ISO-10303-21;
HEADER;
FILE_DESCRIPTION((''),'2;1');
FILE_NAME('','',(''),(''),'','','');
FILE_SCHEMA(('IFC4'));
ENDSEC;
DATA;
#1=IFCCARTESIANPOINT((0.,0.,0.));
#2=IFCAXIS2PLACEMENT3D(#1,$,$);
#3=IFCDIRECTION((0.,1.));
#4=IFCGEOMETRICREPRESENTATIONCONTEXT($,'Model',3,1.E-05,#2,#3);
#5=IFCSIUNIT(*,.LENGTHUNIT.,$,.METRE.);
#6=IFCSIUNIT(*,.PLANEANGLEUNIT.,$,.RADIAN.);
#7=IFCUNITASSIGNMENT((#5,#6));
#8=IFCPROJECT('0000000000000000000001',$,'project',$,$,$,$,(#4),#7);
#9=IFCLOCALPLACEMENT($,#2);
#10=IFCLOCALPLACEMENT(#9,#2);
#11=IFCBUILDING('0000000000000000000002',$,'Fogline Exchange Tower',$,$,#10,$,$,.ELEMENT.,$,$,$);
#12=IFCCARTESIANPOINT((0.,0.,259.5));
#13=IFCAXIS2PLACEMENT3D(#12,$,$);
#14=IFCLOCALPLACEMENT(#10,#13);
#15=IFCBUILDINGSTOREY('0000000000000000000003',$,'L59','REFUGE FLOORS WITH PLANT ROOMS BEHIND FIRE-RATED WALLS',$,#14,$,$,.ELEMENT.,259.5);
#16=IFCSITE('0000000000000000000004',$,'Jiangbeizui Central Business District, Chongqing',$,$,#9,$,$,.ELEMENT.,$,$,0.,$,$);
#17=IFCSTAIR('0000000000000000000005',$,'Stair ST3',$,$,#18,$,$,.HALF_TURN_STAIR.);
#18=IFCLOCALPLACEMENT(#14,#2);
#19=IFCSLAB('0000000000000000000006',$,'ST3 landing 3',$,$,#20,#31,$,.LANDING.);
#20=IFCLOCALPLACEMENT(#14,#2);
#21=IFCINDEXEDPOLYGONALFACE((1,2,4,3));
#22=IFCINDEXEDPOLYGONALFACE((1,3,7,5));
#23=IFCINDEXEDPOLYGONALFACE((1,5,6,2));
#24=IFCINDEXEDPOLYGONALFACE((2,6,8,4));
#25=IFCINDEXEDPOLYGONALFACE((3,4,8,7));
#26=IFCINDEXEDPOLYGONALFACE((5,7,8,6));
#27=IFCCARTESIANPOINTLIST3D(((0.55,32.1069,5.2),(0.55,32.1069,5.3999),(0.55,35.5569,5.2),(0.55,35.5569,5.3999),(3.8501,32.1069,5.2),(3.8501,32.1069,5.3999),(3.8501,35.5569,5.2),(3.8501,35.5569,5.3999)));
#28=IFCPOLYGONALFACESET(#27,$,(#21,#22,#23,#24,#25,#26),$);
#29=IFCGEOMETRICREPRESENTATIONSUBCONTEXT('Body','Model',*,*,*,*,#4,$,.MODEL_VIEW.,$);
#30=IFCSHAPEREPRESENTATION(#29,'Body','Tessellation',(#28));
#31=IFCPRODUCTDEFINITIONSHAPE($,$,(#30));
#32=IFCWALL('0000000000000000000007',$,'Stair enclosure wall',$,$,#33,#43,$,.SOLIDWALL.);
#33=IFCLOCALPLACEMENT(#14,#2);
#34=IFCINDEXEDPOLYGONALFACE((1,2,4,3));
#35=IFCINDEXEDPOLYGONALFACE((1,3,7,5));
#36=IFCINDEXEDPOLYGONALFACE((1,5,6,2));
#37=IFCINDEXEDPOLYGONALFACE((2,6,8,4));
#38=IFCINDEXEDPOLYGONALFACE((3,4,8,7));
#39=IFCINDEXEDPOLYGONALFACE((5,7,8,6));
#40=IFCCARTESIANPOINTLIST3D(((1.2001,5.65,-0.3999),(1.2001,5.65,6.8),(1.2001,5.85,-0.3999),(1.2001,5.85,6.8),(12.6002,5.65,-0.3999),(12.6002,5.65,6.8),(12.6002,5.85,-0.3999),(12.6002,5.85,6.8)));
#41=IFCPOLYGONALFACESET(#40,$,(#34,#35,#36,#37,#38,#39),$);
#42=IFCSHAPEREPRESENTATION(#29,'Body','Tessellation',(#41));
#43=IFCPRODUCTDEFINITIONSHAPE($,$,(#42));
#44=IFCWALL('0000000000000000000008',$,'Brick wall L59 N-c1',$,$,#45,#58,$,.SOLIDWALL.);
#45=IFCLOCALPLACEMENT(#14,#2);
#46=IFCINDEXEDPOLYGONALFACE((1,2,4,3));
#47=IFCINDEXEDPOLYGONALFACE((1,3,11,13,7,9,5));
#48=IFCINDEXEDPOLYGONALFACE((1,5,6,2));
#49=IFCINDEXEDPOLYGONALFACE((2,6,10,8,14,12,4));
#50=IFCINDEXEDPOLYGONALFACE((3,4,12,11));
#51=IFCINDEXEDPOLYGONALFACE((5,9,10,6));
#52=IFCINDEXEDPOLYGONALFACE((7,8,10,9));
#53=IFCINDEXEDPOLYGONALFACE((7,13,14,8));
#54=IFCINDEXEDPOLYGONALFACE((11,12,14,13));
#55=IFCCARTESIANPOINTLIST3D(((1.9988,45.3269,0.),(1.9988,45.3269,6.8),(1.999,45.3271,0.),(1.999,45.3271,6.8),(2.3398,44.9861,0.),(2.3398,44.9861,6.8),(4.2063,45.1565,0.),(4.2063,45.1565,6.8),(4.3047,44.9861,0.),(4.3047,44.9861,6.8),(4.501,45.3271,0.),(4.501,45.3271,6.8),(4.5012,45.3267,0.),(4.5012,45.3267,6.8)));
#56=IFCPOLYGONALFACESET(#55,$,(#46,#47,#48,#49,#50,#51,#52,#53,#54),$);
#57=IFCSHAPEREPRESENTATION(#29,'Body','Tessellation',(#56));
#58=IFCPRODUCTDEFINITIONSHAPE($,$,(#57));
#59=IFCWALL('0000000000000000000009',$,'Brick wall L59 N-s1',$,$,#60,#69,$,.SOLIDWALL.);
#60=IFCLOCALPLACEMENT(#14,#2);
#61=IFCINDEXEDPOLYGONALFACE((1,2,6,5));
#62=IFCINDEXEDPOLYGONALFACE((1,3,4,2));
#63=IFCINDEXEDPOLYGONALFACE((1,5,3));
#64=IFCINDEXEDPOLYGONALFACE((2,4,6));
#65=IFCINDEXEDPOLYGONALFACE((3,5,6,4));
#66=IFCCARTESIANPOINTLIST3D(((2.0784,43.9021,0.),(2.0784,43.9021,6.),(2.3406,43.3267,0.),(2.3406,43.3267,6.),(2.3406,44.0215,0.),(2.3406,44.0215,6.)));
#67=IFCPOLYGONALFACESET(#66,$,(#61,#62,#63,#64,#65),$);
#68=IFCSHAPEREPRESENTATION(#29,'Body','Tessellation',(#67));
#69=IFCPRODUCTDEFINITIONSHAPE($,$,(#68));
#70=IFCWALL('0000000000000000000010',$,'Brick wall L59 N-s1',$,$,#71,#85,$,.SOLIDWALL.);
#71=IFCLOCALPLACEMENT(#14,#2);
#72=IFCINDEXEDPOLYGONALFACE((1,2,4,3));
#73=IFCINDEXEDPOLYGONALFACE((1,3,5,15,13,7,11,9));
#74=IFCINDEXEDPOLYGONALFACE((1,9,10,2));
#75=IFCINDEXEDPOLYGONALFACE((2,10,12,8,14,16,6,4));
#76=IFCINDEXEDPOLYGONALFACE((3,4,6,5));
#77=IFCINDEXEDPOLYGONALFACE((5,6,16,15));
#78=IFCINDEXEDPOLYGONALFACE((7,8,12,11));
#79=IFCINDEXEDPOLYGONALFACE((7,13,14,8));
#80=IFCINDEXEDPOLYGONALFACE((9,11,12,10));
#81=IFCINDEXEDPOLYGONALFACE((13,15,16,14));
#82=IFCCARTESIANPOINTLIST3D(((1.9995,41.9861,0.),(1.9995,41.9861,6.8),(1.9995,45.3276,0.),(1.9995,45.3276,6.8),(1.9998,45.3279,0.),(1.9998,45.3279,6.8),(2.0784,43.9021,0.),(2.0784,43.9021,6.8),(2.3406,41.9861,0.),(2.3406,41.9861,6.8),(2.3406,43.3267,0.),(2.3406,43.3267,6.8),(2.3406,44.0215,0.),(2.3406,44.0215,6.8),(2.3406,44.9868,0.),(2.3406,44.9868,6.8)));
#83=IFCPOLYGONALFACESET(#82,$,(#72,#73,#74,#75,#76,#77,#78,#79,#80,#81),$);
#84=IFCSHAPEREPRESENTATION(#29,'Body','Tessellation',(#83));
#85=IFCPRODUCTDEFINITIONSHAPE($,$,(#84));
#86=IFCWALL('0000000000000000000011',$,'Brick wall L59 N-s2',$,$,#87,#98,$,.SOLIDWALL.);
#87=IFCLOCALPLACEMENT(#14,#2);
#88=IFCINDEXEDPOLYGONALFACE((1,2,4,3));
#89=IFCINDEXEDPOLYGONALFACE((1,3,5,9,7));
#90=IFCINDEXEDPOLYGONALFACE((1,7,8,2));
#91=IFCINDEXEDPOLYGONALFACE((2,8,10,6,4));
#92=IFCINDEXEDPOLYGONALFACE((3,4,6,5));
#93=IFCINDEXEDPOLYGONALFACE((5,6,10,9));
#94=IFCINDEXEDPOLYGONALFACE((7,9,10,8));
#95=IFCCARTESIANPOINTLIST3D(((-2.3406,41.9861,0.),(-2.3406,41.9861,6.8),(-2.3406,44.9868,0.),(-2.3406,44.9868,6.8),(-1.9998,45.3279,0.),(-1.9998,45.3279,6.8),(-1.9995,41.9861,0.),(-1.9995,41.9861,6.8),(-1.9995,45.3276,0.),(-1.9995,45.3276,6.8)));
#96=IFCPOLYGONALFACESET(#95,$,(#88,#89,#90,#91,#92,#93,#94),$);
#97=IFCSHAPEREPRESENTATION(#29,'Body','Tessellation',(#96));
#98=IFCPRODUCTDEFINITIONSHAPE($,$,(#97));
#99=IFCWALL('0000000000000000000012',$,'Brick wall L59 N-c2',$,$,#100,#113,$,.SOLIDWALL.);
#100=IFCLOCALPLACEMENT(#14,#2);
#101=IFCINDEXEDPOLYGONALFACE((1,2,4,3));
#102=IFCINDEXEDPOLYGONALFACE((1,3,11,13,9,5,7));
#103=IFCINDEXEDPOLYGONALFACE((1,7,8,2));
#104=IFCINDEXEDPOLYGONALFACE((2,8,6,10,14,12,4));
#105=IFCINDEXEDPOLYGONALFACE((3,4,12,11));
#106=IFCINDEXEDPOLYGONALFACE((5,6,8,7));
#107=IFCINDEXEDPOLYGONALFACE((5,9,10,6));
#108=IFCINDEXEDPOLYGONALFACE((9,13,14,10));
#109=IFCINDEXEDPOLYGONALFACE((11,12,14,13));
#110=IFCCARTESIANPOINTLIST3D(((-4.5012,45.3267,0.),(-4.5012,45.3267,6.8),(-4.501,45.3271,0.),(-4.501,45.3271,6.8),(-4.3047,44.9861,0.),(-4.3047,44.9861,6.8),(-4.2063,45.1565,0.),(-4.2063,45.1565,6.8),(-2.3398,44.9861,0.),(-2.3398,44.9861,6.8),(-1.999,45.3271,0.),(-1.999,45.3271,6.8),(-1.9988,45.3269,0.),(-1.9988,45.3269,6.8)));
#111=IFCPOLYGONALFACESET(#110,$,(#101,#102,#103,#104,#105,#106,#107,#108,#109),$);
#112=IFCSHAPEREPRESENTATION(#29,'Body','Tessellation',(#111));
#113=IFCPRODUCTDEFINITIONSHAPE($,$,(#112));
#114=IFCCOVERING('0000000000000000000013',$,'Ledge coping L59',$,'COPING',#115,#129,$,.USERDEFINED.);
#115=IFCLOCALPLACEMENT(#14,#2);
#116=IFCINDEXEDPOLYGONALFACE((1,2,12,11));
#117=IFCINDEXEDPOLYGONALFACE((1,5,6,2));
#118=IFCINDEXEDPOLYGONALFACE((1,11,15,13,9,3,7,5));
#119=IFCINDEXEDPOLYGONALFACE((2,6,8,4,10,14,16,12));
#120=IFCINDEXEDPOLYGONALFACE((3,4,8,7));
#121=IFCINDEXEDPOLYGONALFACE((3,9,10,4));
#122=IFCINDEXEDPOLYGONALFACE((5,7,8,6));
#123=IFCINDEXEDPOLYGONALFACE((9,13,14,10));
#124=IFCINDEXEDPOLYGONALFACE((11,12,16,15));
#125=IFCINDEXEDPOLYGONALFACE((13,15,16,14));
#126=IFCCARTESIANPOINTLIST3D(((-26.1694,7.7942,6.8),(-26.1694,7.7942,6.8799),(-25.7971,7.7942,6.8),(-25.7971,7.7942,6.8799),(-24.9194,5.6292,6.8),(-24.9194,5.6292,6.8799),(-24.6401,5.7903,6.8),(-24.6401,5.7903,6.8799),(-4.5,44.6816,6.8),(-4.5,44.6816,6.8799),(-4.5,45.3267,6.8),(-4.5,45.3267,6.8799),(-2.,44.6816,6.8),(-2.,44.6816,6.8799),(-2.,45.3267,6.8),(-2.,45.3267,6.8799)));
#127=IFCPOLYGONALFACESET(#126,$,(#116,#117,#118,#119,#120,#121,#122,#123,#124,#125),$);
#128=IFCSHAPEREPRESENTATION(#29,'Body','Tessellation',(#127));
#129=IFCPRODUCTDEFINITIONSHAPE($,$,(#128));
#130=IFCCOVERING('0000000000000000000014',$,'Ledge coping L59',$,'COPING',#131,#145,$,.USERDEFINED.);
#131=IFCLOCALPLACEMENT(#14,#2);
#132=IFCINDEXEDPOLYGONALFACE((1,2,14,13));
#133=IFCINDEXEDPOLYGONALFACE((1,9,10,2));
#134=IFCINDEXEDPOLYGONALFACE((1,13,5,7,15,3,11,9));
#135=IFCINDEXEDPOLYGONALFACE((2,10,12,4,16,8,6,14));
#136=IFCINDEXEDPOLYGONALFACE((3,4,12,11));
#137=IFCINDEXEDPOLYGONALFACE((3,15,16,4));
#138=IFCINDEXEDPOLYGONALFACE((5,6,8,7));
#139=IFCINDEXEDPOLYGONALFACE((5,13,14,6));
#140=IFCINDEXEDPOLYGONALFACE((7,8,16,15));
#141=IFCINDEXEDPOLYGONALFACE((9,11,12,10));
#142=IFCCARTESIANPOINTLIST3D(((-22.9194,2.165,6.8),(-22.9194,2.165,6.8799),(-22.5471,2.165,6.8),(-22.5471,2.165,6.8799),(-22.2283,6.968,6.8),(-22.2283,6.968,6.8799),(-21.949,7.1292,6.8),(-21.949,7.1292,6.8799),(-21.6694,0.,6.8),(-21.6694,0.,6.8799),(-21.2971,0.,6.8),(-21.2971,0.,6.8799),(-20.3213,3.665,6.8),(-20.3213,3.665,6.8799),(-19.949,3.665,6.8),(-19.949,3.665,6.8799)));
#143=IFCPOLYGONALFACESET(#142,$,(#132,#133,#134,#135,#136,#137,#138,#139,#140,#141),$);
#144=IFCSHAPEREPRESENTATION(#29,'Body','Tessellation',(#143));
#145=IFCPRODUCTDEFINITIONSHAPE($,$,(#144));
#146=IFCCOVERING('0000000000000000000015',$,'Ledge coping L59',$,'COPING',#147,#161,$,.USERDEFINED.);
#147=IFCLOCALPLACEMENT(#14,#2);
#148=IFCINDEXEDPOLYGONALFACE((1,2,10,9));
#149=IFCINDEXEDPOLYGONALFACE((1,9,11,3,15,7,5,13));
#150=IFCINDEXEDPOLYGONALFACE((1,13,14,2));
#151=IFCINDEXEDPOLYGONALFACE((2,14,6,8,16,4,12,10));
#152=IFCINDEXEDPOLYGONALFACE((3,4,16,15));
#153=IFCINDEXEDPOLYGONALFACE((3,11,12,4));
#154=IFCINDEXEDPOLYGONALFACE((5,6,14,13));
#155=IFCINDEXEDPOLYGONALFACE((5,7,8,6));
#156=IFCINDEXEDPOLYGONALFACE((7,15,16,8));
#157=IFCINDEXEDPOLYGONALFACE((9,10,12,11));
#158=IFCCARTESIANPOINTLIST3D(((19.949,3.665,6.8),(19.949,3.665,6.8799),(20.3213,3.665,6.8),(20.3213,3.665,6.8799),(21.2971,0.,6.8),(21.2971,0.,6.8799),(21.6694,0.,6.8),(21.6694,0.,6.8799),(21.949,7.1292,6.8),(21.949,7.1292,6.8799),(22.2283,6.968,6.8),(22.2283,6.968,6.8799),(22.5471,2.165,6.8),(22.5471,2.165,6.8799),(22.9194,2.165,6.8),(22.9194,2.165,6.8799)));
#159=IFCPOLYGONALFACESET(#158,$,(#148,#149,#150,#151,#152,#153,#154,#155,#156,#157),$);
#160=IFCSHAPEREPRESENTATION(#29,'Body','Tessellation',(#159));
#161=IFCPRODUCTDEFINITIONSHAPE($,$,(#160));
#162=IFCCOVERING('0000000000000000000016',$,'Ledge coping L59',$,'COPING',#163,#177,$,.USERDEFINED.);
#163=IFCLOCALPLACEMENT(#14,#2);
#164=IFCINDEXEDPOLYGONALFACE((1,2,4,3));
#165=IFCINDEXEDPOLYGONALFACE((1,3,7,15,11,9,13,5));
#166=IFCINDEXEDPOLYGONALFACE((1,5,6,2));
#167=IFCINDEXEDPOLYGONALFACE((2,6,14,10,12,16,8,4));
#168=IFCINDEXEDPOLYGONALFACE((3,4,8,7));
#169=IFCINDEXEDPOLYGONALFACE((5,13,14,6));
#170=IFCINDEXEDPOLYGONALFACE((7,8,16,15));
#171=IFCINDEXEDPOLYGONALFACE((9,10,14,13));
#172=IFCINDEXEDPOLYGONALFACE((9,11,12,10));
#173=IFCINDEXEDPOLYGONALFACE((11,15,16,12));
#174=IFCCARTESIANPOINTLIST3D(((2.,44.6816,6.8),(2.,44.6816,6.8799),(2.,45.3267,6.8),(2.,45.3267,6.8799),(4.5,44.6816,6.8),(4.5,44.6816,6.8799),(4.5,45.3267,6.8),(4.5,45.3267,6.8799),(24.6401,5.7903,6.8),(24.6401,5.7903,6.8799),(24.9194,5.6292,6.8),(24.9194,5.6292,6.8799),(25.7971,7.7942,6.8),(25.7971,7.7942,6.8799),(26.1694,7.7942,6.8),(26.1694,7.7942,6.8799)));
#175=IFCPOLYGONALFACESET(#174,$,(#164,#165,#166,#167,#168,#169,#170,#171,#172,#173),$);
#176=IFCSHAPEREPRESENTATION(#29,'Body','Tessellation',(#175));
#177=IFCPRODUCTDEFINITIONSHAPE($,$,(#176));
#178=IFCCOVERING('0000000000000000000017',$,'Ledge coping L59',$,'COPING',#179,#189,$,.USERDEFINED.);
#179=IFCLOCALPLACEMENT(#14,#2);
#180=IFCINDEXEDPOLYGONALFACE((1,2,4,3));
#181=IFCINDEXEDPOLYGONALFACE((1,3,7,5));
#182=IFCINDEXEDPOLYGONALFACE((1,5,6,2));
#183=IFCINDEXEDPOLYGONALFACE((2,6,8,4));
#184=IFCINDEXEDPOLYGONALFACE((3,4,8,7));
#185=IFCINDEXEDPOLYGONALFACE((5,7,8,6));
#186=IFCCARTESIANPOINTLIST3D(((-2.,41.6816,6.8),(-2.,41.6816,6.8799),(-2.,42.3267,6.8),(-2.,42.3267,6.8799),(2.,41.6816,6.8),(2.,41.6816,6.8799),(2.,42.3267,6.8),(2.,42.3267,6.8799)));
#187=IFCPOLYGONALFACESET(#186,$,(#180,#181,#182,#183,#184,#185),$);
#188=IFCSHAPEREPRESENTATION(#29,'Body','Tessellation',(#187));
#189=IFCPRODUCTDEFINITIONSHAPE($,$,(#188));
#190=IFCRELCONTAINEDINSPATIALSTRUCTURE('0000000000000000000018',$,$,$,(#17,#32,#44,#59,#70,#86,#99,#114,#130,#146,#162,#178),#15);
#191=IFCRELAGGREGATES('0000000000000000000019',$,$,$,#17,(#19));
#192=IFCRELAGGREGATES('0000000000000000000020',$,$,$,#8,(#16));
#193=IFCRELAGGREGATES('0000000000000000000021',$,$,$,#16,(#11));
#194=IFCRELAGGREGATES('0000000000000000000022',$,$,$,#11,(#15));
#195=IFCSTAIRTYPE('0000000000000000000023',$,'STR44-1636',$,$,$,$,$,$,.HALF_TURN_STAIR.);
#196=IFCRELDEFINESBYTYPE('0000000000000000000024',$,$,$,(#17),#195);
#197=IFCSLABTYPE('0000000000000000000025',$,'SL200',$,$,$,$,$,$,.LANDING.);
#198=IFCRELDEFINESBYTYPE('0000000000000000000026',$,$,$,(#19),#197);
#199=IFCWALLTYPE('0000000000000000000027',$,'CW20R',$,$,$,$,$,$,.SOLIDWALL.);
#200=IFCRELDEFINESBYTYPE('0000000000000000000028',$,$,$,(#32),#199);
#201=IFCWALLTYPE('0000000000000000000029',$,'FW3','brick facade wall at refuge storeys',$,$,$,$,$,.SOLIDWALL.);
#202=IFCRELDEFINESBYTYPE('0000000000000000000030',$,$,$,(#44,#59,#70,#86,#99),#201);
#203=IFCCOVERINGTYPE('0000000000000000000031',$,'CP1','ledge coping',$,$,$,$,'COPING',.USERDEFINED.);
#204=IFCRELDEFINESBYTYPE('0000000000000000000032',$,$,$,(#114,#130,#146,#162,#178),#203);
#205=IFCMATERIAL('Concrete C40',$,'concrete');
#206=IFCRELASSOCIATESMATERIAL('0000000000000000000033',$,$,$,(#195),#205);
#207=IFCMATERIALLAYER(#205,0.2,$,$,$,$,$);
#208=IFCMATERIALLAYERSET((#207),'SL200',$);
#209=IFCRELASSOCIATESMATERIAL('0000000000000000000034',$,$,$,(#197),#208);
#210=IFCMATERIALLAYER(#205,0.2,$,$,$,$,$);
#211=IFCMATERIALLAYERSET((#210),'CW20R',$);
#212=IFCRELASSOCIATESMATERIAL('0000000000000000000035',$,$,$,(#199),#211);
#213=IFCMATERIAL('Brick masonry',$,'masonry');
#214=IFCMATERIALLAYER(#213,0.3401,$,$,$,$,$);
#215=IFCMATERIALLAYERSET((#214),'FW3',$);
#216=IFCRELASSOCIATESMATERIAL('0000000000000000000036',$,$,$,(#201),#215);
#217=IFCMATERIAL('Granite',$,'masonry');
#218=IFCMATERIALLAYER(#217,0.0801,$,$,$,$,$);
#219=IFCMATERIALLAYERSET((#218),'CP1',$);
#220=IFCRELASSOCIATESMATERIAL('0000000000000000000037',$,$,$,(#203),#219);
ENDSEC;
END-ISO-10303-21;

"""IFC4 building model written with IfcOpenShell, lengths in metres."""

from ifc_helpers import new_model, si_unit, direction, frame, frame_2d, origin, place, context, subcontext, project, spatial, polyline, rectangle, outline, extrude, material, layer, layer_set, type_object, element, aggregate, save


model = new_model("IFC4")

# Units and contexts
model_context = context("Model", 3, precision=1e-05, world=origin(), true_north=direction((0.0, 1.0)))
body_context = subcontext(model_context, "Body", "Model", "MODEL_VIEW")
ifc_project = project(units=[si_unit("LENGTHUNIT", "METRE"), si_unit("PLANEANGLEUNIT", "RADIAN")], contexts=[model_context])

# Site, building, storey
site_placement = place(None, origin())
site = spatial("IfcSite", under=ifc_project, at=site_placement, Name="Jiangbeizui Central Business District, Chongqing", CompositionType="ELEMENT", RefElevation=0.0)
building_placement = place(site_placement, origin())
building = spatial("IfcBuilding", under=site, at=building_placement, Name="Fogline Exchange Tower", CompositionType="ELEMENT")
storey_placement = place(building_placement, frame((0.0, 0.0, 259.5)))
storey = spatial("IfcBuildingStorey", under=building, at=storey_placement, Name="L59", Description="REFUGE FLOORS WITH PLANT ROOMS BEHIND FIRE-RATED WALLS", CompositionType="ELEMENT", Elevation=259.5)

# Shared definitions
ifc_material_1 = material(Name="Concrete C40", Category="concrete")

# Stair, slab
stair_type = type_object("IfcStairType", Name="STR44-1636", PredefinedType="HALF_TURN_STAIR", material=ifc_material_1)
ifc_layer_1 = layer(ifc_material_1, 0.2)
ifc_layer_set_1 = layer_set([ifc_layer_1], Name="SL200")
slab_type_1 = type_object("IfcSlabType", Name="SL200", PredefinedType="LANDING", material=ifc_layer_set_1)
stair_1_placement = place(storey_placement, origin())
stair_1 = element("IfcStair", 1, at=stair_1_placement, inside=storey, type_object=stair_type, Name="Stair ST3", PredefinedType="HALF_TURN_STAIR")
slab_1_placement = place(storey_placement, frame((0.0, 0.0, 5.2)))
slab_1 = element("IfcSlab", 2, at=slab_1_placement, type_object=slab_type_1, Name="ST3 landing 3", PredefinedType="LANDING", context=body_context, shape_type="SweptSolid", body=[
    extrude(outline(polyline([(0.55, 32.1069), (3.8501, 32.1069), (3.8501, 35.5569), (0.55, 35.5569), (0.55, 32.1069)])), origin(), (0.0, 0.0, 1.0), 0.2),
])
aggregate(stair_1, [slab_1])

# Walls
ifc_layer_2 = layer(ifc_material_1, 0.2)
ifc_layer_set_2 = layer_set([ifc_layer_2], Name="CW20R")
wall_type_1 = type_object("IfcWallType", Name="CW20R", PredefinedType="SOLIDWALL", material=ifc_layer_set_2)
wall_1_placement = place(storey_placement, frame((1.2, 5.75, -0.3999), z_axis=(0.0, 0.0, 1.0), x_axis=(1.0, 0.0, 0.0)))
element("IfcWall", 3, at=wall_1_placement, inside=storey, type_object=wall_type_1, Name="Stair enclosure wall", PredefinedType="SOLIDWALL", context=body_context, shape_type="SweptSolid", body=[
    extrude(rectangle(XDim=11.4001, YDim=0.2, at=frame_2d((5.7002, 0.0))), origin(), (0.0, 0.0, 1.0), 7.2),
])
ifc_material_2 = material(Name="Brick masonry", Category="masonry")
ifc_layer_3 = layer(ifc_material_2, 0.3401)
ifc_layer_set_3 = layer_set([ifc_layer_3], Name="FW3")
wall_type_2 = type_object("IfcWallType", Name="FW3", Description="brick facade wall at refuge storeys", PredefinedType="SOLIDWALL", material=ifc_layer_set_3)
wall_2_placement = place(storey_placement, origin())
element("IfcWall", 4, at=wall_2_placement, inside=storey, type_object=wall_type_2, Name="Brick wall L59 N-c1", PredefinedType="SOLIDWALL", context=body_context, shape_type="SweptSolid", body=[
    extrude(outline(polyline([(1.999, 45.3271), (4.501, 45.3271), (4.5012, 45.3267), (4.2063, 45.1565), (4.3047, 44.9861), (2.3398, 44.9861), (1.9988, 45.3269), (1.999, 45.3271)])), origin(), (0.0, 0.0, 1.0), 6.8),
])
wall_3_placement = place(storey_placement, origin())
element("IfcWall", 5, at=wall_3_placement, inside=storey, type_object=wall_type_2, Name="Brick wall L59 N-s1", PredefinedType="SOLIDWALL", context=body_context, shape_type="SweptSolid", body=[
    extrude(outline(polyline([(2.3406, 43.3267), (2.0784, 43.9021), (2.3406, 44.0215), (2.3406, 43.3267)])), origin(), (0.0, 0.0, 1.0), 6.0),
])
wall_4_placement = place(storey_placement, origin())
element("IfcWall", 6, at=wall_4_placement, inside=storey, type_object=wall_type_2, Name="Brick wall L59 N-s1", PredefinedType="SOLIDWALL", context=body_context, shape_type="SweptSolid", body=[
    extrude(outline(polyline([(1.9995, 41.9861), (1.9995, 45.3276), (1.9998, 45.3279), (2.3406, 44.9868), (2.3406, 44.0215), (2.0784, 43.9021), (2.3406, 43.3267), (2.3406, 41.9861), (1.9995, 41.9861)])), origin(), (0.0, 0.0, 1.0), 6.8),
])
wall_5_placement = place(storey_placement, origin())
element("IfcWall", 7, at=wall_5_placement, inside=storey, type_object=wall_type_2, Name="Brick wall L59 N-s2", PredefinedType="SOLIDWALL", context=body_context, shape_type="SweptSolid", body=[
    extrude(outline(polyline([(-1.9995, 45.3276), (-1.9995, 41.9861), (-2.3406, 41.9861), (-2.3406, 44.9868), (-1.9998, 45.3279), (-1.9995, 45.3276)])), origin(), (0.0, 0.0, 1.0), 6.8),
])
wall_6_placement = place(storey_placement, origin())
element("IfcWall", 8, at=wall_6_placement, inside=storey, type_object=wall_type_2, Name="Brick wall L59 N-c2", PredefinedType="SOLIDWALL", context=body_context, shape_type="SweptSolid", body=[
    extrude(outline(polyline([(-4.3047, 44.9861), (-4.2063, 45.1565), (-4.5012, 45.3267), (-4.501, 45.3271), (-1.999, 45.3271), (-1.9988, 45.3269), (-2.3398, 44.9861), (-4.3047, 44.9861)])), origin(), (0.0, 0.0, 1.0), 6.8),
])

# Coverings
ifc_material_3 = material(Name="Granite", Category="masonry")
ifc_layer_4 = layer(ifc_material_3, 0.0801)
ifc_layer_set_4 = layer_set([ifc_layer_4], Name="CP1")
covering_type_1 = type_object("IfcCoveringType", Name="CP1", Description="ledge coping", ElementType="COPING", PredefinedType="USERDEFINED", material=ifc_layer_set_4)
covering_1_placement = place(storey_placement, frame((0.0, 0.0, 6.8)))
element("IfcCovering", 9, at=covering_1_placement, inside=storey, type_object=covering_type_1, Name="Ledge coping L59", ObjectType="COPING", PredefinedType="USERDEFINED", context=body_context, shape_type="SweptSolid", body=[
    extrude(outline(polyline([(-24.9194, 5.6292), (-24.6401, 5.7903), (-25.7971, 7.7942), (-4.5, 44.6816), (-2.0, 44.6816), (-2.0, 45.3267), (-4.5, 45.3267), (-26.1694, 7.7942), (-24.9194, 5.6292)])), origin(), (0.0, 0.0, 1.0), 0.0798),
])
covering_2_placement = place(storey_placement, frame((0.0, 0.0, 6.8)))
element("IfcCovering", 10, at=covering_2_placement, inside=storey, type_object=covering_type_1, Name="Ledge coping L59", ObjectType="COPING", PredefinedType="USERDEFINED", context=body_context, shape_type="SweptSolid", body=[
    extrude(outline(polyline([(-21.6694, 0.0), (-21.2971, 0.0), (-22.5471, 2.165), (-19.949, 3.665), (-21.949, 7.1292), (-22.2283, 6.968), (-20.3213, 3.665), (-22.9194, 2.165), (-21.6694, 0.0)])), origin(), (0.0, 0.0, 1.0), 0.0798),
])
covering_3_placement = place(storey_placement, frame((0.0, 0.0, 6.8)))
element("IfcCovering", 11, at=covering_3_placement, inside=storey, type_object=covering_type_1, Name="Ledge coping L59", ObjectType="COPING", PredefinedType="USERDEFINED", context=body_context, shape_type="SweptSolid", body=[
    extrude(outline(polyline([(20.3213, 3.665), (22.2283, 6.968), (21.949, 7.1292), (19.949, 3.665), (22.5471, 2.165), (21.2971, 0.0), (21.6694, 0.0), (22.9194, 2.165), (20.3213, 3.665)])), origin(), (0.0, 0.0, 1.0), 0.0798),
])
covering_4_placement = place(storey_placement, frame((0.0, 0.0, 6.8)))
element("IfcCovering", 12, at=covering_4_placement, inside=storey, type_object=covering_type_1, Name="Ledge coping L59", ObjectType="COPING", PredefinedType="USERDEFINED", context=body_context, shape_type="SweptSolid", body=[
    extrude(outline(polyline([(2.0, 45.3267), (2.0, 44.6816), (4.5, 44.6816), (25.7971, 7.7942), (24.6401, 5.7903), (24.9194, 5.6292), (26.1694, 7.7942), (4.5, 45.3267), (2.0, 45.3267)])), origin(), (0.0, 0.0, 1.0), 0.0798),
])
covering_5_placement = place(storey_placement, frame((0.0, 0.0, 6.8)))
element("IfcCovering", 13, at=covering_5_placement, inside=storey, type_object=covering_type_1, Name="Ledge coping L59", ObjectType="COPING", PredefinedType="USERDEFINED", context=body_context, shape_type="SweptSolid", body=[
    extrude(outline(polyline([(2.0, 42.3267), (-2.0, 42.3267), (-2.0, 41.6816), (2.0, 41.6816), (2.0, 42.3267)])), origin(), (0.0, 0.0, 1.0), 0.0798),
])

save(model, "model.ifc")
